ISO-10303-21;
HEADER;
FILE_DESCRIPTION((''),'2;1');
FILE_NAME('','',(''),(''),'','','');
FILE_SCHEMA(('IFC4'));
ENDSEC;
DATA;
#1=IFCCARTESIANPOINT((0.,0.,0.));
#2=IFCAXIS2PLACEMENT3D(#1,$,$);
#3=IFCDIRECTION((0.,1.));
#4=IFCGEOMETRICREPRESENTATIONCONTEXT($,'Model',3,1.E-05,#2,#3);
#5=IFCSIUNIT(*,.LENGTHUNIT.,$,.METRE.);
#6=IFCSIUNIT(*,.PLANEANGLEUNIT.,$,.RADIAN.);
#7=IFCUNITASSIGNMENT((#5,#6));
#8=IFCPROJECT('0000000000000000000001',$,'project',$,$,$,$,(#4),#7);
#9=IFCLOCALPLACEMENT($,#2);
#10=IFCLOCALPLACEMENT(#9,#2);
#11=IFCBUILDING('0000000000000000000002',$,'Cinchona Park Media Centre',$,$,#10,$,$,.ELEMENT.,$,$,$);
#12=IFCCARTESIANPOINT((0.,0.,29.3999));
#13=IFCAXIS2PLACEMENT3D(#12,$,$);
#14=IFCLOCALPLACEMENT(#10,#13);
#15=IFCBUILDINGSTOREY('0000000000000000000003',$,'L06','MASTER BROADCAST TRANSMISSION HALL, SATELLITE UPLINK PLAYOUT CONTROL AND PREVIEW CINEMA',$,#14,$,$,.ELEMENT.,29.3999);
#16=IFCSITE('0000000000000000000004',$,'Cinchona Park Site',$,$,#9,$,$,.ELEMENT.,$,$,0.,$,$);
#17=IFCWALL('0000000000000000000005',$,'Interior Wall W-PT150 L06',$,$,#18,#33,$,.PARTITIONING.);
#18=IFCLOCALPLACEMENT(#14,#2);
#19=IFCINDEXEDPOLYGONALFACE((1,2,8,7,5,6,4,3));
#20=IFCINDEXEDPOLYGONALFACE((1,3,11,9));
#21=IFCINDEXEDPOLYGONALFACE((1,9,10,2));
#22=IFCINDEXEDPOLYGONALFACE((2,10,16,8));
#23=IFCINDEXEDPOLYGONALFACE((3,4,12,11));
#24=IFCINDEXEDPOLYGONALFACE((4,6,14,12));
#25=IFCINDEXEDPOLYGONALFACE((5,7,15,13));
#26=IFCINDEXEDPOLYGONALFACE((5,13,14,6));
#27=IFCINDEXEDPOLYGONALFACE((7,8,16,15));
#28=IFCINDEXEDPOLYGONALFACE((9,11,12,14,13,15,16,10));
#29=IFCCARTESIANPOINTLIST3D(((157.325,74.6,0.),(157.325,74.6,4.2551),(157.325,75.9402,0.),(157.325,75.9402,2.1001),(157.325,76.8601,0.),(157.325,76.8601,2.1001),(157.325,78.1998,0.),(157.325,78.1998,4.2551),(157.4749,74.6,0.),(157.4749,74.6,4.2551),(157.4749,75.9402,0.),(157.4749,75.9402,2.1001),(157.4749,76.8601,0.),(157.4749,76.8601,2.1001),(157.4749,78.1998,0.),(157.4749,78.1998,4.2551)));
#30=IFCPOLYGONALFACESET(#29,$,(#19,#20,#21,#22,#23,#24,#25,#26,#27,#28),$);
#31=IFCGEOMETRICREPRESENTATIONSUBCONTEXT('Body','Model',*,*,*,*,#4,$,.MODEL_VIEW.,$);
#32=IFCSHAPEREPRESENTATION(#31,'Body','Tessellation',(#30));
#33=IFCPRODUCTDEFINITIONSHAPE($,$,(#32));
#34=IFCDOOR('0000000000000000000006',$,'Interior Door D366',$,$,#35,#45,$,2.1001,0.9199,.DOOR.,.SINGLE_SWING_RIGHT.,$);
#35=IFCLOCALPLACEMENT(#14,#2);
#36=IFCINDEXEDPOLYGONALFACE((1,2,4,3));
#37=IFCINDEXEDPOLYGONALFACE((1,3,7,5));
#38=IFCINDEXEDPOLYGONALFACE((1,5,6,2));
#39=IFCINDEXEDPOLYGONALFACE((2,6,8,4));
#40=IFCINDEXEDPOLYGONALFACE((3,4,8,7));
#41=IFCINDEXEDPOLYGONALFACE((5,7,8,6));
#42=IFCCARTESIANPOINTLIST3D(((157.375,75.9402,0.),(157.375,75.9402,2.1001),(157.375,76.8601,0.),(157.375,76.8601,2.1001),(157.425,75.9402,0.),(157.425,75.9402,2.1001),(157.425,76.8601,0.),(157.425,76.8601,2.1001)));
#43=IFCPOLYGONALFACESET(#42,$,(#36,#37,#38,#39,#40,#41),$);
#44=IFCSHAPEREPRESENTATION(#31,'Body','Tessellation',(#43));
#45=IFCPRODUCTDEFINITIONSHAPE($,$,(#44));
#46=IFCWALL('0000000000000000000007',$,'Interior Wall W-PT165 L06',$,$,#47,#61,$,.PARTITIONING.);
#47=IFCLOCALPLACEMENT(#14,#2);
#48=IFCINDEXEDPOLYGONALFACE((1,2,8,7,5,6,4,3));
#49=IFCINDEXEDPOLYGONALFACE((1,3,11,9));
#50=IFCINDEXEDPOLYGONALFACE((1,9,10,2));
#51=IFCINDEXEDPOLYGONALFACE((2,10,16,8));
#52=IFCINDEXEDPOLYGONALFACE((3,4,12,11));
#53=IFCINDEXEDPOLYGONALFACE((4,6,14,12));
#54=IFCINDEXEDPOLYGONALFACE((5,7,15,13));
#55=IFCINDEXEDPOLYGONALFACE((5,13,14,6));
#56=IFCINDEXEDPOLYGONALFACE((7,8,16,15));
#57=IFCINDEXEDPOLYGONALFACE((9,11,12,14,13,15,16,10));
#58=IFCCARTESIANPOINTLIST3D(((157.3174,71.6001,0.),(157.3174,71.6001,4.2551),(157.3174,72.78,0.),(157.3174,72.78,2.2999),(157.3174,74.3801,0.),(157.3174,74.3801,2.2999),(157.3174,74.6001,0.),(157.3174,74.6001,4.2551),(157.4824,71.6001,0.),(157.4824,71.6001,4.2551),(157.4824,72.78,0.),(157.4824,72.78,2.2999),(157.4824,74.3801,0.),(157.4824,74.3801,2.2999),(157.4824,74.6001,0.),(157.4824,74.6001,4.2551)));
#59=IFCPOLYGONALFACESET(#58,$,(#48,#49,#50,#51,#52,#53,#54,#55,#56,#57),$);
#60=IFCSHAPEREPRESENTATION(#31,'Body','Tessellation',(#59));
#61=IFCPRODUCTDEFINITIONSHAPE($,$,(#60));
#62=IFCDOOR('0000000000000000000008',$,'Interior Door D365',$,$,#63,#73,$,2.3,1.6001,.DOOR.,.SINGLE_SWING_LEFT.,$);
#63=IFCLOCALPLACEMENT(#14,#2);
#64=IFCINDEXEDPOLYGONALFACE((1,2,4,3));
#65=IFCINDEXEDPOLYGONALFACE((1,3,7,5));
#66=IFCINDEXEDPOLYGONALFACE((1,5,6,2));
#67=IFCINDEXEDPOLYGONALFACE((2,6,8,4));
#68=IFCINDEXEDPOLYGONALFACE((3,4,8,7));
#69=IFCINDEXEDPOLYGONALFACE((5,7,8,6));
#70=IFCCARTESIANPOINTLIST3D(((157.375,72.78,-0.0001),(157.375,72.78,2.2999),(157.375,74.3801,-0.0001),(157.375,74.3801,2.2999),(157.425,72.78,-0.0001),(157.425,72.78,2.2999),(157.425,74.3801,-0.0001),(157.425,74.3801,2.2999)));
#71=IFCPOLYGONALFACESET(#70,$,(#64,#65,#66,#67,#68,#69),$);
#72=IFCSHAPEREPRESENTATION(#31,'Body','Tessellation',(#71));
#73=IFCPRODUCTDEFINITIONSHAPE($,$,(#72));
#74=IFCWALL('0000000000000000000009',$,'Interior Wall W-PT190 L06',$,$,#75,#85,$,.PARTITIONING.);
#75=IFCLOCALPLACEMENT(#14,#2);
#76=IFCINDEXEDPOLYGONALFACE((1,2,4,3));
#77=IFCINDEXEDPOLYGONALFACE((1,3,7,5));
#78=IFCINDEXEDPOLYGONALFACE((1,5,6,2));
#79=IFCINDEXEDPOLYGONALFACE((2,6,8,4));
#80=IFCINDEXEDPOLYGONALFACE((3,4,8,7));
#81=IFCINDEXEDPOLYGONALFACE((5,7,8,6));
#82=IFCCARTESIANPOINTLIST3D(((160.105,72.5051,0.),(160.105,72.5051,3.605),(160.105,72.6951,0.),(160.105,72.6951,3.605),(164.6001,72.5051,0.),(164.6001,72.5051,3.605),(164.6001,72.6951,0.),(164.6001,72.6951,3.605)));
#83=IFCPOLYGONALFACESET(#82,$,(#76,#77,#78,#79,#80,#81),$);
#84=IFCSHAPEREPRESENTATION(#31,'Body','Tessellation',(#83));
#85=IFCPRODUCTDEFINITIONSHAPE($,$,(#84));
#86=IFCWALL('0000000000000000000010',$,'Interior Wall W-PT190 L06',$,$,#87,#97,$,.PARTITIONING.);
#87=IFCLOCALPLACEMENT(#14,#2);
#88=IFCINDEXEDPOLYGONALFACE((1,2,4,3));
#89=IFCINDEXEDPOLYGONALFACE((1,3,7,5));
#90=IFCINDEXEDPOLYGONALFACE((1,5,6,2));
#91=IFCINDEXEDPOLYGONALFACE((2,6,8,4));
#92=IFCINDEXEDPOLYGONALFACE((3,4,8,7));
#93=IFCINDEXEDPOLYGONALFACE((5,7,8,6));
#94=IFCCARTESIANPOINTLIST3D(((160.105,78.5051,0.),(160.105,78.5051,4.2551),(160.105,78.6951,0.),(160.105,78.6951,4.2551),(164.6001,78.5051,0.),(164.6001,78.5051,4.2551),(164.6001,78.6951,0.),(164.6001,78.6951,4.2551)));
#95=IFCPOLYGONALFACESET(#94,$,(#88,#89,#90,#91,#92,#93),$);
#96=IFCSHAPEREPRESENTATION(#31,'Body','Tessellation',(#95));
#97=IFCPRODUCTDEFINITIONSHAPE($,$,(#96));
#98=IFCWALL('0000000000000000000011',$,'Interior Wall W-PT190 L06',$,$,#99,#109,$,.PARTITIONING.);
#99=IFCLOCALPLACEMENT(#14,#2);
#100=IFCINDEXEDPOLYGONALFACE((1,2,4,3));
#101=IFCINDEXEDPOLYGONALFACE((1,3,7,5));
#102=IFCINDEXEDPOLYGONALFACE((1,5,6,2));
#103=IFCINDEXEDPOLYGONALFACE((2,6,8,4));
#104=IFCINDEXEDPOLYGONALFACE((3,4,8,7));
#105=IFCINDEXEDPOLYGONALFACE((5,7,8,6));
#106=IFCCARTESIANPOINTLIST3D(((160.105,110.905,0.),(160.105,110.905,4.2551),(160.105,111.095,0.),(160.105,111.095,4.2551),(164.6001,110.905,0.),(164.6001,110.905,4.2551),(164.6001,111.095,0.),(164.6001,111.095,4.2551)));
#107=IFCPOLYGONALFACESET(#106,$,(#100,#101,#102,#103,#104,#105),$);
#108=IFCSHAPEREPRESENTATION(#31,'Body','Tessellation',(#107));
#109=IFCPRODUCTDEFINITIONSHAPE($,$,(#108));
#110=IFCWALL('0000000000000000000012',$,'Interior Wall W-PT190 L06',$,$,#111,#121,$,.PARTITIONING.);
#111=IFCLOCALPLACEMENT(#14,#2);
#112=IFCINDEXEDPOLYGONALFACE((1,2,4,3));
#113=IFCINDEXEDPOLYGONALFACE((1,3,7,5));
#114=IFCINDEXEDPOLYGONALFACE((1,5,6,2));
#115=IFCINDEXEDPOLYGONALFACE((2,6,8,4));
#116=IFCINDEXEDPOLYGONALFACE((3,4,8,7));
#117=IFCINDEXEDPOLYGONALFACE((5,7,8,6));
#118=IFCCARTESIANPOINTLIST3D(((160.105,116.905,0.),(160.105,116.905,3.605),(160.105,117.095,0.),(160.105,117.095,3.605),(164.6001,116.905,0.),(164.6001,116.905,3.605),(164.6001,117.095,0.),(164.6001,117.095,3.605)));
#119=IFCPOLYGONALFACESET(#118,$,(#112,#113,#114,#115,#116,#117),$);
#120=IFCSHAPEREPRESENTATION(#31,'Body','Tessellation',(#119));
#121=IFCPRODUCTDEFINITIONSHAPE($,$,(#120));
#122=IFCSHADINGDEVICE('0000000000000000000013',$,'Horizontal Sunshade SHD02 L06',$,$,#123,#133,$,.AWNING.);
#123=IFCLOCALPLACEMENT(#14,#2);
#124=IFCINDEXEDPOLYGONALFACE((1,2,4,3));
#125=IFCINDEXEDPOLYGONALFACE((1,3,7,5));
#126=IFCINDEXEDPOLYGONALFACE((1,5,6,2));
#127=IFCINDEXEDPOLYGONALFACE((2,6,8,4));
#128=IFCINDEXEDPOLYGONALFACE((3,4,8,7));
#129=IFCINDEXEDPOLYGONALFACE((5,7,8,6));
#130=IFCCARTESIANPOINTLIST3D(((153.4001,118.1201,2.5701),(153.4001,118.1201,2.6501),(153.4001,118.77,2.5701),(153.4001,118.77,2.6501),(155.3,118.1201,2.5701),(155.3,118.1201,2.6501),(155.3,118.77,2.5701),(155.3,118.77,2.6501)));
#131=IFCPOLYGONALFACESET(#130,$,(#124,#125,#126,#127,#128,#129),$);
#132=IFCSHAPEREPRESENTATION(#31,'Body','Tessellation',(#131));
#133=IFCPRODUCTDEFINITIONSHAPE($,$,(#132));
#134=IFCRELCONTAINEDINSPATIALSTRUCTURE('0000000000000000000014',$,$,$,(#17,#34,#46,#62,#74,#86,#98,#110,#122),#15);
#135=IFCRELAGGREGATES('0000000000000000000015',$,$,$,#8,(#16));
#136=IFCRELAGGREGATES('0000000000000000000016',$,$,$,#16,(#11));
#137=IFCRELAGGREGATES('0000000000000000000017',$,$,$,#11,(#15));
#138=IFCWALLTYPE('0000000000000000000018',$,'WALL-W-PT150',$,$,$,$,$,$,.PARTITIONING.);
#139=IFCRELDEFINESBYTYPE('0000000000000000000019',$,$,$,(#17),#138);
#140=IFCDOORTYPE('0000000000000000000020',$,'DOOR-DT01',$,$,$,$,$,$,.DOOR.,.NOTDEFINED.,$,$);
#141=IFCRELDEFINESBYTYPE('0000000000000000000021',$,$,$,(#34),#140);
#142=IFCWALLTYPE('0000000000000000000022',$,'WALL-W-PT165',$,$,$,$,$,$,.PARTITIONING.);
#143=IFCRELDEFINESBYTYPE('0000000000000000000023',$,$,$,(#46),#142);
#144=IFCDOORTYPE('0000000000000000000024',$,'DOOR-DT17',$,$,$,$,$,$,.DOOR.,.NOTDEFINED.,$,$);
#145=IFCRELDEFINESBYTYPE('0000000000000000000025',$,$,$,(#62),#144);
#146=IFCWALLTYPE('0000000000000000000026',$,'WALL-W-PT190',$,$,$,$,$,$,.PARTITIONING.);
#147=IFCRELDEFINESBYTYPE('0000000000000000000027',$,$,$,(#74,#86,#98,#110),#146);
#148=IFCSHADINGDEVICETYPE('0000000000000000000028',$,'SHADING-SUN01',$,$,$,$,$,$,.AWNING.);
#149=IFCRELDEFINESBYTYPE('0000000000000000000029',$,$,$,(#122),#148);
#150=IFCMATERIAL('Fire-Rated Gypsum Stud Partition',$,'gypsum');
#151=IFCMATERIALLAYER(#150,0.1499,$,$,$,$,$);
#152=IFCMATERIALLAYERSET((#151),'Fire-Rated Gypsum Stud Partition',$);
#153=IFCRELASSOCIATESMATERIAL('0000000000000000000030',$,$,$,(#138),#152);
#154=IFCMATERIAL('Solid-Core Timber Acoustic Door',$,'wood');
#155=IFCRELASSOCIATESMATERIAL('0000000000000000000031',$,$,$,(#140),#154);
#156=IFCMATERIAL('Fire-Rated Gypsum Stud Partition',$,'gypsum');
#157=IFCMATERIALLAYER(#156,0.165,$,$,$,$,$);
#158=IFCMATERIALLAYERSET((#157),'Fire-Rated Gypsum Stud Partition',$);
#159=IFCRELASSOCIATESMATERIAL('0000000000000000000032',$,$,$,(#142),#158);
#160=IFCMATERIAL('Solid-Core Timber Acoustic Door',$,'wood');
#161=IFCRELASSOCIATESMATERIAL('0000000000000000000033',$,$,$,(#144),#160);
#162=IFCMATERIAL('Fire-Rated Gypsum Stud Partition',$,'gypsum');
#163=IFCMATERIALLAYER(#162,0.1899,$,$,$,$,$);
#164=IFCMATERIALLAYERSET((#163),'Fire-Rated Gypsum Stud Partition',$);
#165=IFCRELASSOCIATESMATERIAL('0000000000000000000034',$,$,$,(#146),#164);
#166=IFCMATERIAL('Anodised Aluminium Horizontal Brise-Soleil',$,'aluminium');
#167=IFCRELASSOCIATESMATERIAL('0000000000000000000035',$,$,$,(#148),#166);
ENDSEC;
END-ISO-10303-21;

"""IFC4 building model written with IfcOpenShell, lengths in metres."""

from ifc_helpers import new_model, si_unit, direction, frame, frame_2d, origin, origin_2d, place, context, subcontext, project, spatial, rectangle, extrude, material, layer, layer_set, type_object, element, fill, save


model = new_model("IFC4")

# Units and contexts
model_context = context("Model", 3, precision=1e-05, world=origin(), true_north=direction((0.0, 1.0)))
body_context = subcontext(model_context, "Body", "Model", "MODEL_VIEW")
ifc_project = project(units=[si_unit("LENGTHUNIT", "METRE"), si_unit("PLANEANGLEUNIT", "RADIAN")], contexts=[model_context])

# Site, building, storey
site_placement = place(None, origin())
site = spatial("IfcSite", under=ifc_project, at=site_placement, Name="Cinchona Park Site", CompositionType="ELEMENT", RefElevation=0.0)
building_placement = place(site_placement, origin())
building = spatial("IfcBuilding", under=site, at=building_placement, Name="Cinchona Park Media Centre", CompositionType="ELEMENT")
storey_placement = place(building_placement, frame((0.0, 0.0, 29.3999)))
storey = spatial("IfcBuildingStorey", under=building, at=storey_placement, Name="L06", Description="MASTER BROADCAST TRANSMISSION HALL, SATELLITE UPLINK PLAYOUT CONTROL AND PREVIEW CINEMA", CompositionType="ELEMENT", Elevation=29.3999)

# Walls, openings, doors
ifc_material_1 = material(Name="Fire-Rated Gypsum Stud Partition", Category="gypsum")
ifc_layer_1 = layer(ifc_material_1, 0.1499)
ifc_layer_set_1 = layer_set([ifc_layer_1], Name="Fire-Rated Gypsum Stud Partition")
wall_type_1 = type_object("IfcWallType", Name="WALL-W-PT150", PredefinedType="PARTITIONING", material=ifc_layer_set_1)
wall_1_placement = place(storey_placement, frame((157.3999, 74.6001, 0.0), z_axis=(0.0, 0.0, 1.0), x_axis=(0.0, 1.0, 0.0)))
wall_1 = element("IfcWall", 1, at=wall_1_placement, inside=storey, type_object=wall_type_1, Name="Interior Wall W-PT150 L06", PredefinedType="PARTITIONING", context=body_context, shape_type="SweptSolid", body=[
    extrude(rectangle(XDim=3.5999, YDim=0.1499, at=frame_2d((1.7998, 0.0))), origin(), (0.0, 0.0, 1.0), 4.2551),
])
opening_1_placement = place(wall_1_placement, frame((1.3401, 0.0, 0.0)))
opening_1 = element("IfcOpeningElement", 2, at=opening_1_placement, cuts=wall_1, PredefinedType="OPENING", context=body_context, shape_type="SweptSolid", body=[
    extrude(rectangle(XDim=0.9199, YDim=2.1001, at=frame_2d((0.46, 1.05))), frame((0.0, 0.085, 0.0), z_axis=(0.0, -1.0, 0.0), x_axis=(1.0, 0.0, 0.0)), (0.0, 0.0, 1.0), 0.1699),
])
ifc_material_2 = material(Name="Solid-Core Timber Acoustic Door", Category="wood")
door_type_1 = type_object("IfcDoorType", Name="DOOR-DT01", OperationType="NOTDEFINED", PredefinedType="DOOR", material=ifc_material_2)
door_1_placement = place(opening_1_placement, origin())
door_1 = element("IfcDoor", 3, at=door_1_placement, inside=storey, type_object=door_type_1, Name="Interior Door D366", OperationType="SINGLE_SWING_RIGHT", OverallHeight=2.1001, OverallWidth=0.9199, PredefinedType="DOOR", context=body_context, shape_type="SweptSolid", body=[
    extrude(rectangle(XDim=0.9199, YDim=2.1001, at=frame_2d((0.46, 1.05))), frame((0.0, 0.0249, 0.0), z_axis=(0.0, -1.0, 0.0), x_axis=(1.0, 0.0, 0.0)), (0.0, 0.0, 1.0), 0.05),
])
fill(opening_1, door_1)
ifc_material_3 = material(Name="Fire-Rated Gypsum Stud Partition", Category="gypsum")
ifc_layer_2 = layer(ifc_material_3, 0.165)
ifc_layer_set_2 = layer_set([ifc_layer_2], Name="Fire-Rated Gypsum Stud Partition")
wall_type_2 = type_object("IfcWallType", Name="WALL-W-PT165", PredefinedType="PARTITIONING", material=ifc_layer_set_2)
wall_2_placement = place(storey_placement, frame((157.3999, 71.6001, 0.0), z_axis=(0.0, 0.0, 1.0), x_axis=(0.0, 1.0, 0.0)))
wall_2 = element("IfcWall", 4, at=wall_2_placement, inside=storey, type_object=wall_type_2, Name="Interior Wall W-PT165 L06", PredefinedType="PARTITIONING", context=body_context, shape_type="SweptSolid", body=[
    extrude(rectangle(XDim=3.0, YDim=0.165, at=frame_2d((1.5, 0.0))), origin(), (0.0, 0.0, 1.0), 4.2551),
])
opening_2_placement = place(wall_2_placement, frame((1.1799, 0.0, 0.0)))
opening_2 = element("IfcOpeningElement", 5, at=opening_2_placement, cuts=wall_2, PredefinedType="OPENING", context=body_context, shape_type="SweptSolid", body=[
    extrude(rectangle(XDim=1.6001, YDim=2.3, at=frame_2d((0.8, 1.1499))), frame((0.0, 0.0925, 0.0), z_axis=(0.0, -1.0, 0.0), x_axis=(1.0, 0.0, 0.0)), (0.0, 0.0, 1.0), 0.1851),
])
ifc_material_4 = material(Name="Solid-Core Timber Acoustic Door", Category="wood")
door_type_2 = type_object("IfcDoorType", Name="DOOR-DT17", OperationType="NOTDEFINED", PredefinedType="DOOR", material=ifc_material_4)
door_2_placement = place(opening_2_placement, origin())
door_2 = element("IfcDoor", 6, at=door_2_placement, inside=storey, type_object=door_type_2, Name="Interior Door D365", OperationType="SINGLE_SWING_LEFT", OverallHeight=2.3, OverallWidth=1.6001, PredefinedType="DOOR", context=body_context, shape_type="SweptSolid", body=[
    extrude(rectangle(XDim=1.6001, YDim=2.3, at=frame_2d((0.8, 1.1499))), frame((0.0, 0.0249, 0.0), z_axis=(0.0, -1.0, 0.0), x_axis=(1.0, 0.0, 0.0)), (0.0, 0.0, 1.0), 0.05),
])
fill(opening_2, door_2)

# Walls
ifc_material_5 = material(Name="Fire-Rated Gypsum Stud Partition", Category="gypsum")
ifc_layer_3 = layer(ifc_material_5, 0.1899)
ifc_layer_set_3 = layer_set([ifc_layer_3], Name="Fire-Rated Gypsum Stud Partition")
wall_type_3 = type_object("IfcWallType", Name="WALL-W-PT190", PredefinedType="PARTITIONING", material=ifc_layer_set_3)
wall_3_placement = place(storey_placement, frame((160.105, 72.6001, 0.0), z_axis=(0.0, 0.0, 1.0), x_axis=(1.0, 0.0, 0.0)))
element("IfcWall", 7, at=wall_3_placement, inside=storey, type_object=wall_type_3, Name="Interior Wall W-PT190 L06", PredefinedType="PARTITIONING", context=body_context, shape_type="SweptSolid", body=[
    extrude(rectangle(XDim=4.4951, YDim=0.1899, at=frame_2d((2.2476, 0.0))), origin(), (0.0, 0.0, 1.0), 3.605),
])
for number, where, z_axis, x_axis, name in (
    (8, (160.105, 78.6001, 0.0), (0.0, 0.0, 1.0), (1.0, 0.0, 0.0), "Interior Wall W-PT190 L06"),
    (9, (160.105, 111.0, 0.0), (0.0, 0.0, 1.0), (1.0, 0.0, 0.0), "Interior Wall W-PT190 L06"),
):
    element("IfcWall", number, at=place(storey_placement, frame(where, z_axis=z_axis, x_axis=x_axis)), inside=storey, type_object=wall_type_3, Name=name, PredefinedType="PARTITIONING", context=body_context, shape_type="SweptSolid", body=[
        extrude(rectangle(XDim=4.4951, YDim=0.1899, at=frame_2d((2.2476, 0.0))), origin(), (0.0, 0.0, 1.0), 4.2551),
    ])
wall_4_placement = place(storey_placement, frame((160.105, 117.0, 0.0), z_axis=(0.0, 0.0, 1.0), x_axis=(1.0, 0.0, 0.0)))
element("IfcWall", 10, at=wall_4_placement, inside=storey, type_object=wall_type_3, Name="Interior Wall W-PT190 L06", PredefinedType="PARTITIONING", context=body_context, shape_type="SweptSolid", body=[
    extrude(rectangle(XDim=4.4951, YDim=0.1899, at=frame_2d((2.2476, 0.0))), origin(), (0.0, 0.0, 1.0), 3.605),
])

# Shading device
ifc_material_6 = material(Name="Anodised Aluminium Horizontal Brise-Soleil", Category="aluminium")
shading_device_type = type_object("IfcShadingDeviceType", Name="SHADING-SUN01", PredefinedType="AWNING", material=ifc_material_6)
shading_device_placement = place(storey_placement, frame((154.3501, 118.4451, 2.5701), z_axis=(0.0, 0.0, 1.0), x_axis=(1.0, 0.0, 0.0)))
element("IfcShadingDevice", 11, at=shading_device_placement, inside=storey, type_object=shading_device_type, Name="Horizontal Sunshade SHD02 L06", PredefinedType="AWNING", context=body_context, shape_type="SweptSolid", body=[
    extrude(rectangle(XDim=1.8999, YDim=0.6499, at=origin_2d()), origin(), (0.0, 0.0, 1.0), 0.0801),
])

save(model, "model.ifc")
